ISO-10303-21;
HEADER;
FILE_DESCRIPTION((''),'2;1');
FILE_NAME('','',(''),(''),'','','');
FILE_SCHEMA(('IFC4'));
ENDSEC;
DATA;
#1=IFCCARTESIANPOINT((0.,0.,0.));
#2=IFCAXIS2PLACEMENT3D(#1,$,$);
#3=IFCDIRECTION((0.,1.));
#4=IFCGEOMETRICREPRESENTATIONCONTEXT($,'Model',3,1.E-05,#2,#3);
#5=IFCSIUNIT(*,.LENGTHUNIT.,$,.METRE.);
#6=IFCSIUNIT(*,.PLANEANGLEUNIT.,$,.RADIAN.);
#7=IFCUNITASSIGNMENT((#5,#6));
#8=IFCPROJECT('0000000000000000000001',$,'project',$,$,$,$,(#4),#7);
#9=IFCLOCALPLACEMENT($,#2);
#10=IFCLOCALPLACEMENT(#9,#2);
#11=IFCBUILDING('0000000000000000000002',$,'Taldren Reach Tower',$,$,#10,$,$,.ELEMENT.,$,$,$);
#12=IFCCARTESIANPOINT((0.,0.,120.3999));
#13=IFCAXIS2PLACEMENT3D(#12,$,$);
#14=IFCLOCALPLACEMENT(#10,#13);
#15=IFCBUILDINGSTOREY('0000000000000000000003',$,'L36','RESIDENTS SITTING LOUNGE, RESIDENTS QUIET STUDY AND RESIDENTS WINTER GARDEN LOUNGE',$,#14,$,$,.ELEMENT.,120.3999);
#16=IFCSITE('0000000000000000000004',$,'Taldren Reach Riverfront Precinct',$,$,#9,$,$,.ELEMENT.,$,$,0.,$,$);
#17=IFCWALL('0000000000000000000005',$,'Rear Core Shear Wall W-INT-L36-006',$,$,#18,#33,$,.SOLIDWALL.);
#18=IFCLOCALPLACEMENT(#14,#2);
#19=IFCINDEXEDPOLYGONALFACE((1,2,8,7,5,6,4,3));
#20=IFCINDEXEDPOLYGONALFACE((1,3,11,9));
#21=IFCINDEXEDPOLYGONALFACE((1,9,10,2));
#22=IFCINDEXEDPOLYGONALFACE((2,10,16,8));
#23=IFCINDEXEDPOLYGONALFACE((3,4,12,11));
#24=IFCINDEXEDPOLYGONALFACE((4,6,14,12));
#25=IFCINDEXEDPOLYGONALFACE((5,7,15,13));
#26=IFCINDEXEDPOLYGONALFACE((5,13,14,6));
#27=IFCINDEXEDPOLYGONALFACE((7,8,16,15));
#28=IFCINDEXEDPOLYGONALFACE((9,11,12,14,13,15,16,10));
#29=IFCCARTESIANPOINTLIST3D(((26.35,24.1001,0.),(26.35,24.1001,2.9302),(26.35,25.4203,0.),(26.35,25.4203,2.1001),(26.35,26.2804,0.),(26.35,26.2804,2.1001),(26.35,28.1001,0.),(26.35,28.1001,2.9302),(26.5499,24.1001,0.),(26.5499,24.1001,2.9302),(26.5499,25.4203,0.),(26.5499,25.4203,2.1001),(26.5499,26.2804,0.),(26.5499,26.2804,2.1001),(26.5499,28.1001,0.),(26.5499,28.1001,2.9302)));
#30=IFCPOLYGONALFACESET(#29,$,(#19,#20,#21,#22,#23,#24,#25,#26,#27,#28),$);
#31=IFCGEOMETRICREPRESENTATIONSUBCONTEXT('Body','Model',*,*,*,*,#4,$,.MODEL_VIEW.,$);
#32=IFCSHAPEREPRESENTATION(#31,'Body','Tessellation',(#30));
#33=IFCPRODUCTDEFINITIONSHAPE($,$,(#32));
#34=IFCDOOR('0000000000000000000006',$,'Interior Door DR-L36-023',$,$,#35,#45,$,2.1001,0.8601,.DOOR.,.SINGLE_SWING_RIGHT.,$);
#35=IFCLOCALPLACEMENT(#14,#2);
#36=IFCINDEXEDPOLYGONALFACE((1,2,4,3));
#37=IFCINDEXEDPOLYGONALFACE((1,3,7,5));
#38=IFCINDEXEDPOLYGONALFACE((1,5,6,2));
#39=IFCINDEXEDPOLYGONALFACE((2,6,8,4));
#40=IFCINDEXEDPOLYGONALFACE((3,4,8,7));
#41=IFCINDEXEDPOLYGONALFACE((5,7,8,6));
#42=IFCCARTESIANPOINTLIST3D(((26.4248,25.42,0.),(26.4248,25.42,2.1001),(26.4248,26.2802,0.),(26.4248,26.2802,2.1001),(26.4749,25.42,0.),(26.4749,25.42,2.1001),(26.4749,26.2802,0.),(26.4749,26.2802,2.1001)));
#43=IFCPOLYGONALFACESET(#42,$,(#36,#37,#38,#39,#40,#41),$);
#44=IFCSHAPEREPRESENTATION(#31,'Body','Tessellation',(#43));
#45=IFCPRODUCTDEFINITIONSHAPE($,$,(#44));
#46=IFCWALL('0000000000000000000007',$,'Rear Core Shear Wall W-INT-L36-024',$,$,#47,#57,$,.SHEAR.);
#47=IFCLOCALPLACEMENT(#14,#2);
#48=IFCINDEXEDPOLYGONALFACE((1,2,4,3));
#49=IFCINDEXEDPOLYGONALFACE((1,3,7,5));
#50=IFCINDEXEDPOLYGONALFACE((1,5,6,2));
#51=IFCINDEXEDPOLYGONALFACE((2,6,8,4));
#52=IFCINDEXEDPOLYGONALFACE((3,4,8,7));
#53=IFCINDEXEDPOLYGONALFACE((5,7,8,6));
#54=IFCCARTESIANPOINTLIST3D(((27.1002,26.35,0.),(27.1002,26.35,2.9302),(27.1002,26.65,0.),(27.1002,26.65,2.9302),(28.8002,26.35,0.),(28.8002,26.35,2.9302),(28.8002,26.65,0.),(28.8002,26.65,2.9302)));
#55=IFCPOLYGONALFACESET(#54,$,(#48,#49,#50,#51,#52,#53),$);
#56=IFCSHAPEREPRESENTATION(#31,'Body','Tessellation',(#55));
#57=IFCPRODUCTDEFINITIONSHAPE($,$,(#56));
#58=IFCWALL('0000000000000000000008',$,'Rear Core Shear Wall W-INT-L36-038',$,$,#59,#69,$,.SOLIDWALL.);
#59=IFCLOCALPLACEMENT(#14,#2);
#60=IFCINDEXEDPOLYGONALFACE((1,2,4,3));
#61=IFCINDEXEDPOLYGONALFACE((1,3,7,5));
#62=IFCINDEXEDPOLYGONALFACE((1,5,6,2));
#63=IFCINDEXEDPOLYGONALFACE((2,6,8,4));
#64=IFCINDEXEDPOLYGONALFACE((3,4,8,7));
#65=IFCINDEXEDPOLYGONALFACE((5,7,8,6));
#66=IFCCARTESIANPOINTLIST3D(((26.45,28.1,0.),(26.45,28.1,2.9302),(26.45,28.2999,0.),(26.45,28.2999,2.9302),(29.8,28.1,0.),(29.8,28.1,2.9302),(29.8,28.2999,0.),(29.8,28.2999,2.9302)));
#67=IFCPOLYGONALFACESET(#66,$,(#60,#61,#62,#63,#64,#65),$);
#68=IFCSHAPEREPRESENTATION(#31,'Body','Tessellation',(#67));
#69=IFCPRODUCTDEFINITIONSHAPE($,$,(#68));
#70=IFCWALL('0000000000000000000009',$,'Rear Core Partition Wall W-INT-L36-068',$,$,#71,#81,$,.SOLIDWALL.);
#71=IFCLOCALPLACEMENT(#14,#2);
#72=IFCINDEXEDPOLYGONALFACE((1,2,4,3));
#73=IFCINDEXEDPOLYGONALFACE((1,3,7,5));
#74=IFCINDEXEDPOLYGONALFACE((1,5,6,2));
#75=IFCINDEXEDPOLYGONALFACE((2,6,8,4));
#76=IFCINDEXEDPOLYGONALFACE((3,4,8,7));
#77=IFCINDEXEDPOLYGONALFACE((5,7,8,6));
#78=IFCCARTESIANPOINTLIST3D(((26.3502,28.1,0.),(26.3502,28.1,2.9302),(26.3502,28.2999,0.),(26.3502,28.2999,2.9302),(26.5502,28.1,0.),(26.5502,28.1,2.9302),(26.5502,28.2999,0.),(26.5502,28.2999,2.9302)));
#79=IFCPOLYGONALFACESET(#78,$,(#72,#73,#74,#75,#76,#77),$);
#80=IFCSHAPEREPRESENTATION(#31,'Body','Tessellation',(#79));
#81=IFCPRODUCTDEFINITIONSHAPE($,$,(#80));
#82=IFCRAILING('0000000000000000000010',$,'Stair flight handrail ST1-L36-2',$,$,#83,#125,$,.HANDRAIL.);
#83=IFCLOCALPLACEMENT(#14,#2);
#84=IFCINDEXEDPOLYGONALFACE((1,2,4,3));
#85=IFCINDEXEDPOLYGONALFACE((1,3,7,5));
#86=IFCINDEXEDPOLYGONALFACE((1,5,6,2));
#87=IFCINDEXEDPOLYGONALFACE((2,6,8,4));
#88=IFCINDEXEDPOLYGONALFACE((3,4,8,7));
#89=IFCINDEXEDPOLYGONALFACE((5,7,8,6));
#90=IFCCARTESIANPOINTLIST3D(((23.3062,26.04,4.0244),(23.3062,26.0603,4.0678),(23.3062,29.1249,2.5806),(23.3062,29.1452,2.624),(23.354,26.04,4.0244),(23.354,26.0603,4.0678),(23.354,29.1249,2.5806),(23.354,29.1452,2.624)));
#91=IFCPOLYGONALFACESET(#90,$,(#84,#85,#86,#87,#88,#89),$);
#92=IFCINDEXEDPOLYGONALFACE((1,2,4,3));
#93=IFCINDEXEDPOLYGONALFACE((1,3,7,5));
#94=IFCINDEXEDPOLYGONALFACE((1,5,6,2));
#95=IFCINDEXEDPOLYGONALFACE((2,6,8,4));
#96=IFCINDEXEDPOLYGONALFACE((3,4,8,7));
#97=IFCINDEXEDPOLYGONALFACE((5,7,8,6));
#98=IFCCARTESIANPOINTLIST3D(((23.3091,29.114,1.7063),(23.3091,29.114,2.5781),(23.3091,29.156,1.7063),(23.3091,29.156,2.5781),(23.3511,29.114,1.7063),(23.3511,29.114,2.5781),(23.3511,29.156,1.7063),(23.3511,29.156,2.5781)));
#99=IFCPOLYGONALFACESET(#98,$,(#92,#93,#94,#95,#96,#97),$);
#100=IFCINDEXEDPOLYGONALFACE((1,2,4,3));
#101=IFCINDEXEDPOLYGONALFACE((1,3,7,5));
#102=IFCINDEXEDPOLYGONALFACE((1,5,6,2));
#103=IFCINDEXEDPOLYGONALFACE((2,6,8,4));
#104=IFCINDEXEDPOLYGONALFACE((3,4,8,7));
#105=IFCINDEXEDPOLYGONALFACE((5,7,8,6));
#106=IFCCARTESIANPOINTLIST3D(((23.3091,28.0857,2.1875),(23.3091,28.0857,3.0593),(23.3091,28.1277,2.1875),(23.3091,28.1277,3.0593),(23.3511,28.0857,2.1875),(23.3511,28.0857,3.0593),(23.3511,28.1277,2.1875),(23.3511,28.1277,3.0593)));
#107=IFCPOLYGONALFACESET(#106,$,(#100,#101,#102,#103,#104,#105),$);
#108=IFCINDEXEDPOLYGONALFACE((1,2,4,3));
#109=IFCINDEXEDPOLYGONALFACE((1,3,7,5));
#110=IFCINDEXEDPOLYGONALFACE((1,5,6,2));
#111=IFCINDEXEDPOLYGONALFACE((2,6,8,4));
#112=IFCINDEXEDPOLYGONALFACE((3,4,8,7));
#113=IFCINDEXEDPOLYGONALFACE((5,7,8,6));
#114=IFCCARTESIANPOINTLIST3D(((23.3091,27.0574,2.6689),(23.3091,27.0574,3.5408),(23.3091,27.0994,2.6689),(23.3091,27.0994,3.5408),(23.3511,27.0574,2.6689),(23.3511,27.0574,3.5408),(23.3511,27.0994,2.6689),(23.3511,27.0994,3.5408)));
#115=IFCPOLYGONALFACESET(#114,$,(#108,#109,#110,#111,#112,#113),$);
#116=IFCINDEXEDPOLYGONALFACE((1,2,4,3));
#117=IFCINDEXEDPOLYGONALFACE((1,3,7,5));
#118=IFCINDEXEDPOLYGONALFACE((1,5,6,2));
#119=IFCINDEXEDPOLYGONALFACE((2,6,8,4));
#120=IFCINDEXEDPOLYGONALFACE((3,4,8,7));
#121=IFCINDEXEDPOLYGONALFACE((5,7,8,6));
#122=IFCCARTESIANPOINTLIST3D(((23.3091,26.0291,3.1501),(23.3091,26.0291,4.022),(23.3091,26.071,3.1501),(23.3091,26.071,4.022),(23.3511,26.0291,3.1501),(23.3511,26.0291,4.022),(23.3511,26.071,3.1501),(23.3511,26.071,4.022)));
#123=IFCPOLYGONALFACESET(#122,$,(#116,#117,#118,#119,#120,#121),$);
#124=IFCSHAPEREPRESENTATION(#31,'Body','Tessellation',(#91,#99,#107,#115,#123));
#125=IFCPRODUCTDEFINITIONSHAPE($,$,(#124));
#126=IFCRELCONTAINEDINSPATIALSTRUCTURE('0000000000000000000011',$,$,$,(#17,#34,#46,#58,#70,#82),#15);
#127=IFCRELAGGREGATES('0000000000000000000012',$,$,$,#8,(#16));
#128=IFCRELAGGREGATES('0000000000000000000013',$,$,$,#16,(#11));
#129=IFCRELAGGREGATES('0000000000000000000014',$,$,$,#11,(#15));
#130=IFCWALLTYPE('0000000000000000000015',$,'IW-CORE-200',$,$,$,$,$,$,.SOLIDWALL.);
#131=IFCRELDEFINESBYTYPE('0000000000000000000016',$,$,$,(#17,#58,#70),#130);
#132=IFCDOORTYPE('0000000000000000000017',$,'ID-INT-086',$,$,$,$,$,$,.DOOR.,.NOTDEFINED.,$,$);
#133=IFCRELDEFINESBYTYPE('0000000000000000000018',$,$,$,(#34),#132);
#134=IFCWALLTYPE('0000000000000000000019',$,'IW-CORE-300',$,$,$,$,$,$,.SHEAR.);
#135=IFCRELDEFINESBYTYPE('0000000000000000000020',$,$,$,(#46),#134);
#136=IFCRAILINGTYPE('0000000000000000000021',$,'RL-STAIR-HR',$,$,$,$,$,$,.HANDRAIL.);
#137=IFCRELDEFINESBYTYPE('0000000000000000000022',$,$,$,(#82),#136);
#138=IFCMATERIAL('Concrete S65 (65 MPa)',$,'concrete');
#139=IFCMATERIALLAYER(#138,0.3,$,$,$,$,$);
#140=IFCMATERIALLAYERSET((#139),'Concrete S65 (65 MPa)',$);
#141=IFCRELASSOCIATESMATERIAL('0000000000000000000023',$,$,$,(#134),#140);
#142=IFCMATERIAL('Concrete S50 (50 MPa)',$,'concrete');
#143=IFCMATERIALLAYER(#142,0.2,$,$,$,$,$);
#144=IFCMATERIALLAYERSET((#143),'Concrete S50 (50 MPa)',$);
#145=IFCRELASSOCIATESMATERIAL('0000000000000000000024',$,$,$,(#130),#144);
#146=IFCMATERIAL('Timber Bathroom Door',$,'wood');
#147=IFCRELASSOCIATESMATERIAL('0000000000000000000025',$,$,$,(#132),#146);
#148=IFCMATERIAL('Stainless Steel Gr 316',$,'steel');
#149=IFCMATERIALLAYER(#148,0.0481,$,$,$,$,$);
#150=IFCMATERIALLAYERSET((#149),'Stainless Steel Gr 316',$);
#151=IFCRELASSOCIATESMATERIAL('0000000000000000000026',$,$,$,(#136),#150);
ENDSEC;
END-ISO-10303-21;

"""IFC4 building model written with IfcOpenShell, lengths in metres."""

from ifc_helpers import new_model, si_unit, direction, frame, frame_2d, origin, origin_2d, place, context, subcontext, project, spatial, rectangle, extrude, source, transform, mapped, material, layer, layer_set, type_object, element, fill, save


model = new_model("IFC4")

# Units and contexts
model_context = context("Model", 3, precision=1e-05, world=origin(), true_north=direction((0.0, 1.0)))
body_context = subcontext(model_context, "Body", "Model", "MODEL_VIEW")
ifc_project = project(units=[si_unit("LENGTHUNIT", "METRE"), si_unit("PLANEANGLEUNIT", "RADIAN")], contexts=[model_context])

# Site, building, storey
site_placement = place(None, origin())
site = spatial("IfcSite", under=ifc_project, at=site_placement, Name="Taldren Reach Riverfront Precinct", CompositionType="ELEMENT", RefElevation=0.0)
building_placement = place(site_placement, origin())
building = spatial("IfcBuilding", under=site, at=building_placement, Name="Taldren Reach Tower", CompositionType="ELEMENT")
storey_placement = place(building_placement, frame((0.0, 0.0, 120.3999)))
storey = spatial("IfcBuildingStorey", under=building, at=storey_placement, Name="L36", Description="RESIDENTS SITTING LOUNGE, RESIDENTS QUIET STUDY AND RESIDENTS WINTER GARDEN LOUNGE", CompositionType="ELEMENT", Elevation=120.3999)

# Shared definitions
ifc_material_1 = material(Name="Concrete S65 (65 MPa)", Category="concrete")
ifc_layer_1 = layer(ifc_material_1, 0.3)
ifc_layer_set_1 = layer_set([ifc_layer_1], Name="Concrete S65 (65 MPa)")
wall_type_1 = type_object("IfcWallType", Name="IW-CORE-300", PredefinedType="SHEAR", material=ifc_layer_set_1)

# Shared definitions
ifc_material_2 = material(Name="Concrete S50 (50 MPa)", Category="concrete")
ifc_layer_2 = layer(ifc_material_2, 0.2)
ifc_layer_set_2 = layer_set([ifc_layer_2], Name="Concrete S50 (50 MPa)")
wall_type_2 = type_object("IfcWallType", Name="IW-CORE-200", PredefinedType="SOLIDWALL", material=ifc_layer_set_2)

# Wall, opening, door
shared_shape_1 = source(origin(), body_context, "Body", "SweptSolid", [
    extrude(rectangle(XDim=4.0, YDim=0.2, at=frame_2d((2.0, 0.0))), origin(), (0.0, 0.0, 1.0), 2.9302),
])
wall_1_placement = place(storey_placement, frame((26.45, 24.1001, 0.0), z_axis=(0.0, 0.0, 1.0), x_axis=(0.0, 1.0, 0.0)))
wall_1 = element("IfcWall", 1, at=wall_1_placement, inside=storey, type_object=wall_type_2, Name="Rear Core Shear Wall W-INT-L36-006", PredefinedType="SOLIDWALL", context=body_context, shape_type="MappedRepresentation", body=[
    mapped(shared_shape_1, transform((0.0, 0.0, 0.0), scale=1.0)),
])
shared_shape_2 = source(origin(), body_context, "Body", "SweptSolid", [
    extrude(rectangle(XDim=0.8601, YDim=2.1001, at=frame_2d((0.4302, 1.05))), frame((0.0, 0.1099, 0.0), z_axis=(0.0, -1.0, 0.0), x_axis=(1.0, 0.0, 0.0)), (0.0, 0.0, 1.0), 0.22),
])
opening_1_placement = place(wall_1_placement, frame((1.3201, 0.0, 0.0)))
opening_1 = element("IfcOpeningElement", 2, at=opening_1_placement, cuts=wall_1, PredefinedType="OPENING", context=body_context, shape_type="MappedRepresentation", body=[
    mapped(shared_shape_2, transform((0.0, 0.0, 0.0), scale=1.0)),
])
ifc_material_3 = material(Name="Timber Bathroom Door", Category="wood")
door_type_1 = type_object("IfcDoorType", Name="ID-INT-086", OperationType="NOTDEFINED", PredefinedType="DOOR", material=ifc_material_3)
shared_shape_3 = source(origin(), body_context, "Body", "SweptSolid", [
    extrude(rectangle(XDim=0.8601, YDim=2.1001, at=frame_2d((0.4302, 1.05))), frame((0.0, 0.0249, 0.0), z_axis=(0.0, -1.0, 0.0), x_axis=(1.0, 0.0, 0.0)), (0.0, 0.0, 1.0), 0.05),
])
door_1_placement = place(opening_1_placement, frame((0.8601, 0.0, 0.0), z_axis=(0.0, 0.0, 1.0), x_axis=(-1.0, 0.0, 0.0)))
door_1 = element("IfcDoor", 3, at=door_1_placement, inside=storey, type_object=door_type_1, Name="Interior Door DR-L36-023", OperationType="SINGLE_SWING_RIGHT", OverallHeight=2.1001, OverallWidth=0.8601, PredefinedType="DOOR", context=body_context, shape_type="MappedRepresentation", body=[
    mapped(shared_shape_3, transform((0.0, 0.0, 0.0), scale=1.0)),
])
fill(opening_1, door_1)

# Walls
shared_shape_4 = source(origin(), body_context, "Body", "SweptSolid", [
    extrude(rectangle(XDim=1.7, YDim=0.3, at=frame_2d((0.8501, 0.0))), origin(), (0.0, 0.0, 1.0), 2.9302),
])
wall_2_placement = place(storey_placement, frame((27.1001, 26.5, 0.0), z_axis=(0.0, 0.0, 1.0), x_axis=(1.0, 0.0, 0.0)))
element("IfcWall", 4, at=wall_2_placement, inside=storey, type_object=wall_type_1, Name="Rear Core Shear Wall W-INT-L36-024", PredefinedType="SHEAR", context=body_context, shape_type="MappedRepresentation", body=[
    mapped(shared_shape_4, transform((0.0, 0.0, 0.0), scale=1.0)),
])
shared_shape_5 = source(origin(), body_context, "Body", "SweptSolid", [
    extrude(rectangle(XDim=3.3501, YDim=0.2, at=frame_2d((1.675, 0.0))), origin(), (0.0, 0.0, 1.0), 2.9302),
])
wall_3_placement = place(storey_placement, frame((26.45, 28.2, 0.0), z_axis=(0.0, 0.0, 1.0), x_axis=(1.0, 0.0, 0.0)))
element("IfcWall", 5, at=wall_3_placement, inside=storey, type_object=wall_type_2, Name="Rear Core Shear Wall W-INT-L36-038", PredefinedType="SOLIDWALL", context=body_context, shape_type="MappedRepresentation", body=[
    mapped(shared_shape_5, transform((0.0, 0.0, 0.0), scale=1.0)),
])
shared_shape_6 = source(origin(), body_context, "Body", "SweptSolid", [
    extrude(rectangle(XDim=0.2, YDim=0.2, at=frame_2d((0.1001, 0.0))), origin(), (0.0, 0.0, 1.0), 2.9302),
])
wall_4_placement = place(storey_placement, frame((26.3501, 28.2, 0.0), z_axis=(0.0, 0.0, 1.0), x_axis=(1.0, 0.0, 0.0)))
element("IfcWall", 6, at=wall_4_placement, inside=storey, type_object=wall_type_2, Name="Rear Core Partition Wall W-INT-L36-068", PredefinedType="SOLIDWALL", context=body_context, shape_type="MappedRepresentation", body=[
    mapped(shared_shape_6, transform((0.0, 0.0, 0.0), scale=1.0)),
])

# Railing
ifc_material_4 = material(Name="Stainless Steel Gr 316", Category="steel")
ifc_layer_3 = layer(ifc_material_4, 0.0481)
ifc_layer_set_3 = layer_set([ifc_layer_3], Name="Stainless Steel Gr 316")
railing_type = type_object("IfcRailingType", Name="RL-STAIR-HR", PredefinedType="HANDRAIL", material=ifc_layer_set_3)
railing_placement = place(storey_placement, frame((23.3301, 29.135, 1.7063)))
element("IfcRailing", 7, at=railing_placement, inside=storey, type_object=railing_type, Name="Stair flight handrail ST1-L36-2", PredefinedType="HANDRAIL", context=body_context, shape_type="SweptSolid", body=[
    extrude(rectangle(XDim=0.0479, YDim=0.0479, at=origin_2d()), frame((0.0, 0.0, 0.896), z_axis=(0.0, -0.90571, 0.423898), x_axis=(1.0, 0.0, 0.0)), (0.0, 0.0, 1.0), 3.406),
    extrude(rectangle(XDim=0.042, YDim=0.042, at=origin_2d()), origin(), (0.0, 0.0, 1.0), 0.8718),
    extrude(rectangle(XDim=0.042, YDim=0.042, at=origin_2d()), frame((0.0, -1.0283, 0.4812)), (0.0, 0.0, 1.0), 0.8718),
    extrude(rectangle(XDim=0.042, YDim=0.042, at=origin_2d()), frame((0.0, -2.0566, 0.9626)), (0.0, 0.0, 1.0), 0.8718),
    extrude(rectangle(XDim=0.042, YDim=0.042, at=origin_2d()), frame((0.0, -3.085, 1.4438)), (0.0, 0.0, 1.0), 0.8718),
])

save(model, "model.ifc")
